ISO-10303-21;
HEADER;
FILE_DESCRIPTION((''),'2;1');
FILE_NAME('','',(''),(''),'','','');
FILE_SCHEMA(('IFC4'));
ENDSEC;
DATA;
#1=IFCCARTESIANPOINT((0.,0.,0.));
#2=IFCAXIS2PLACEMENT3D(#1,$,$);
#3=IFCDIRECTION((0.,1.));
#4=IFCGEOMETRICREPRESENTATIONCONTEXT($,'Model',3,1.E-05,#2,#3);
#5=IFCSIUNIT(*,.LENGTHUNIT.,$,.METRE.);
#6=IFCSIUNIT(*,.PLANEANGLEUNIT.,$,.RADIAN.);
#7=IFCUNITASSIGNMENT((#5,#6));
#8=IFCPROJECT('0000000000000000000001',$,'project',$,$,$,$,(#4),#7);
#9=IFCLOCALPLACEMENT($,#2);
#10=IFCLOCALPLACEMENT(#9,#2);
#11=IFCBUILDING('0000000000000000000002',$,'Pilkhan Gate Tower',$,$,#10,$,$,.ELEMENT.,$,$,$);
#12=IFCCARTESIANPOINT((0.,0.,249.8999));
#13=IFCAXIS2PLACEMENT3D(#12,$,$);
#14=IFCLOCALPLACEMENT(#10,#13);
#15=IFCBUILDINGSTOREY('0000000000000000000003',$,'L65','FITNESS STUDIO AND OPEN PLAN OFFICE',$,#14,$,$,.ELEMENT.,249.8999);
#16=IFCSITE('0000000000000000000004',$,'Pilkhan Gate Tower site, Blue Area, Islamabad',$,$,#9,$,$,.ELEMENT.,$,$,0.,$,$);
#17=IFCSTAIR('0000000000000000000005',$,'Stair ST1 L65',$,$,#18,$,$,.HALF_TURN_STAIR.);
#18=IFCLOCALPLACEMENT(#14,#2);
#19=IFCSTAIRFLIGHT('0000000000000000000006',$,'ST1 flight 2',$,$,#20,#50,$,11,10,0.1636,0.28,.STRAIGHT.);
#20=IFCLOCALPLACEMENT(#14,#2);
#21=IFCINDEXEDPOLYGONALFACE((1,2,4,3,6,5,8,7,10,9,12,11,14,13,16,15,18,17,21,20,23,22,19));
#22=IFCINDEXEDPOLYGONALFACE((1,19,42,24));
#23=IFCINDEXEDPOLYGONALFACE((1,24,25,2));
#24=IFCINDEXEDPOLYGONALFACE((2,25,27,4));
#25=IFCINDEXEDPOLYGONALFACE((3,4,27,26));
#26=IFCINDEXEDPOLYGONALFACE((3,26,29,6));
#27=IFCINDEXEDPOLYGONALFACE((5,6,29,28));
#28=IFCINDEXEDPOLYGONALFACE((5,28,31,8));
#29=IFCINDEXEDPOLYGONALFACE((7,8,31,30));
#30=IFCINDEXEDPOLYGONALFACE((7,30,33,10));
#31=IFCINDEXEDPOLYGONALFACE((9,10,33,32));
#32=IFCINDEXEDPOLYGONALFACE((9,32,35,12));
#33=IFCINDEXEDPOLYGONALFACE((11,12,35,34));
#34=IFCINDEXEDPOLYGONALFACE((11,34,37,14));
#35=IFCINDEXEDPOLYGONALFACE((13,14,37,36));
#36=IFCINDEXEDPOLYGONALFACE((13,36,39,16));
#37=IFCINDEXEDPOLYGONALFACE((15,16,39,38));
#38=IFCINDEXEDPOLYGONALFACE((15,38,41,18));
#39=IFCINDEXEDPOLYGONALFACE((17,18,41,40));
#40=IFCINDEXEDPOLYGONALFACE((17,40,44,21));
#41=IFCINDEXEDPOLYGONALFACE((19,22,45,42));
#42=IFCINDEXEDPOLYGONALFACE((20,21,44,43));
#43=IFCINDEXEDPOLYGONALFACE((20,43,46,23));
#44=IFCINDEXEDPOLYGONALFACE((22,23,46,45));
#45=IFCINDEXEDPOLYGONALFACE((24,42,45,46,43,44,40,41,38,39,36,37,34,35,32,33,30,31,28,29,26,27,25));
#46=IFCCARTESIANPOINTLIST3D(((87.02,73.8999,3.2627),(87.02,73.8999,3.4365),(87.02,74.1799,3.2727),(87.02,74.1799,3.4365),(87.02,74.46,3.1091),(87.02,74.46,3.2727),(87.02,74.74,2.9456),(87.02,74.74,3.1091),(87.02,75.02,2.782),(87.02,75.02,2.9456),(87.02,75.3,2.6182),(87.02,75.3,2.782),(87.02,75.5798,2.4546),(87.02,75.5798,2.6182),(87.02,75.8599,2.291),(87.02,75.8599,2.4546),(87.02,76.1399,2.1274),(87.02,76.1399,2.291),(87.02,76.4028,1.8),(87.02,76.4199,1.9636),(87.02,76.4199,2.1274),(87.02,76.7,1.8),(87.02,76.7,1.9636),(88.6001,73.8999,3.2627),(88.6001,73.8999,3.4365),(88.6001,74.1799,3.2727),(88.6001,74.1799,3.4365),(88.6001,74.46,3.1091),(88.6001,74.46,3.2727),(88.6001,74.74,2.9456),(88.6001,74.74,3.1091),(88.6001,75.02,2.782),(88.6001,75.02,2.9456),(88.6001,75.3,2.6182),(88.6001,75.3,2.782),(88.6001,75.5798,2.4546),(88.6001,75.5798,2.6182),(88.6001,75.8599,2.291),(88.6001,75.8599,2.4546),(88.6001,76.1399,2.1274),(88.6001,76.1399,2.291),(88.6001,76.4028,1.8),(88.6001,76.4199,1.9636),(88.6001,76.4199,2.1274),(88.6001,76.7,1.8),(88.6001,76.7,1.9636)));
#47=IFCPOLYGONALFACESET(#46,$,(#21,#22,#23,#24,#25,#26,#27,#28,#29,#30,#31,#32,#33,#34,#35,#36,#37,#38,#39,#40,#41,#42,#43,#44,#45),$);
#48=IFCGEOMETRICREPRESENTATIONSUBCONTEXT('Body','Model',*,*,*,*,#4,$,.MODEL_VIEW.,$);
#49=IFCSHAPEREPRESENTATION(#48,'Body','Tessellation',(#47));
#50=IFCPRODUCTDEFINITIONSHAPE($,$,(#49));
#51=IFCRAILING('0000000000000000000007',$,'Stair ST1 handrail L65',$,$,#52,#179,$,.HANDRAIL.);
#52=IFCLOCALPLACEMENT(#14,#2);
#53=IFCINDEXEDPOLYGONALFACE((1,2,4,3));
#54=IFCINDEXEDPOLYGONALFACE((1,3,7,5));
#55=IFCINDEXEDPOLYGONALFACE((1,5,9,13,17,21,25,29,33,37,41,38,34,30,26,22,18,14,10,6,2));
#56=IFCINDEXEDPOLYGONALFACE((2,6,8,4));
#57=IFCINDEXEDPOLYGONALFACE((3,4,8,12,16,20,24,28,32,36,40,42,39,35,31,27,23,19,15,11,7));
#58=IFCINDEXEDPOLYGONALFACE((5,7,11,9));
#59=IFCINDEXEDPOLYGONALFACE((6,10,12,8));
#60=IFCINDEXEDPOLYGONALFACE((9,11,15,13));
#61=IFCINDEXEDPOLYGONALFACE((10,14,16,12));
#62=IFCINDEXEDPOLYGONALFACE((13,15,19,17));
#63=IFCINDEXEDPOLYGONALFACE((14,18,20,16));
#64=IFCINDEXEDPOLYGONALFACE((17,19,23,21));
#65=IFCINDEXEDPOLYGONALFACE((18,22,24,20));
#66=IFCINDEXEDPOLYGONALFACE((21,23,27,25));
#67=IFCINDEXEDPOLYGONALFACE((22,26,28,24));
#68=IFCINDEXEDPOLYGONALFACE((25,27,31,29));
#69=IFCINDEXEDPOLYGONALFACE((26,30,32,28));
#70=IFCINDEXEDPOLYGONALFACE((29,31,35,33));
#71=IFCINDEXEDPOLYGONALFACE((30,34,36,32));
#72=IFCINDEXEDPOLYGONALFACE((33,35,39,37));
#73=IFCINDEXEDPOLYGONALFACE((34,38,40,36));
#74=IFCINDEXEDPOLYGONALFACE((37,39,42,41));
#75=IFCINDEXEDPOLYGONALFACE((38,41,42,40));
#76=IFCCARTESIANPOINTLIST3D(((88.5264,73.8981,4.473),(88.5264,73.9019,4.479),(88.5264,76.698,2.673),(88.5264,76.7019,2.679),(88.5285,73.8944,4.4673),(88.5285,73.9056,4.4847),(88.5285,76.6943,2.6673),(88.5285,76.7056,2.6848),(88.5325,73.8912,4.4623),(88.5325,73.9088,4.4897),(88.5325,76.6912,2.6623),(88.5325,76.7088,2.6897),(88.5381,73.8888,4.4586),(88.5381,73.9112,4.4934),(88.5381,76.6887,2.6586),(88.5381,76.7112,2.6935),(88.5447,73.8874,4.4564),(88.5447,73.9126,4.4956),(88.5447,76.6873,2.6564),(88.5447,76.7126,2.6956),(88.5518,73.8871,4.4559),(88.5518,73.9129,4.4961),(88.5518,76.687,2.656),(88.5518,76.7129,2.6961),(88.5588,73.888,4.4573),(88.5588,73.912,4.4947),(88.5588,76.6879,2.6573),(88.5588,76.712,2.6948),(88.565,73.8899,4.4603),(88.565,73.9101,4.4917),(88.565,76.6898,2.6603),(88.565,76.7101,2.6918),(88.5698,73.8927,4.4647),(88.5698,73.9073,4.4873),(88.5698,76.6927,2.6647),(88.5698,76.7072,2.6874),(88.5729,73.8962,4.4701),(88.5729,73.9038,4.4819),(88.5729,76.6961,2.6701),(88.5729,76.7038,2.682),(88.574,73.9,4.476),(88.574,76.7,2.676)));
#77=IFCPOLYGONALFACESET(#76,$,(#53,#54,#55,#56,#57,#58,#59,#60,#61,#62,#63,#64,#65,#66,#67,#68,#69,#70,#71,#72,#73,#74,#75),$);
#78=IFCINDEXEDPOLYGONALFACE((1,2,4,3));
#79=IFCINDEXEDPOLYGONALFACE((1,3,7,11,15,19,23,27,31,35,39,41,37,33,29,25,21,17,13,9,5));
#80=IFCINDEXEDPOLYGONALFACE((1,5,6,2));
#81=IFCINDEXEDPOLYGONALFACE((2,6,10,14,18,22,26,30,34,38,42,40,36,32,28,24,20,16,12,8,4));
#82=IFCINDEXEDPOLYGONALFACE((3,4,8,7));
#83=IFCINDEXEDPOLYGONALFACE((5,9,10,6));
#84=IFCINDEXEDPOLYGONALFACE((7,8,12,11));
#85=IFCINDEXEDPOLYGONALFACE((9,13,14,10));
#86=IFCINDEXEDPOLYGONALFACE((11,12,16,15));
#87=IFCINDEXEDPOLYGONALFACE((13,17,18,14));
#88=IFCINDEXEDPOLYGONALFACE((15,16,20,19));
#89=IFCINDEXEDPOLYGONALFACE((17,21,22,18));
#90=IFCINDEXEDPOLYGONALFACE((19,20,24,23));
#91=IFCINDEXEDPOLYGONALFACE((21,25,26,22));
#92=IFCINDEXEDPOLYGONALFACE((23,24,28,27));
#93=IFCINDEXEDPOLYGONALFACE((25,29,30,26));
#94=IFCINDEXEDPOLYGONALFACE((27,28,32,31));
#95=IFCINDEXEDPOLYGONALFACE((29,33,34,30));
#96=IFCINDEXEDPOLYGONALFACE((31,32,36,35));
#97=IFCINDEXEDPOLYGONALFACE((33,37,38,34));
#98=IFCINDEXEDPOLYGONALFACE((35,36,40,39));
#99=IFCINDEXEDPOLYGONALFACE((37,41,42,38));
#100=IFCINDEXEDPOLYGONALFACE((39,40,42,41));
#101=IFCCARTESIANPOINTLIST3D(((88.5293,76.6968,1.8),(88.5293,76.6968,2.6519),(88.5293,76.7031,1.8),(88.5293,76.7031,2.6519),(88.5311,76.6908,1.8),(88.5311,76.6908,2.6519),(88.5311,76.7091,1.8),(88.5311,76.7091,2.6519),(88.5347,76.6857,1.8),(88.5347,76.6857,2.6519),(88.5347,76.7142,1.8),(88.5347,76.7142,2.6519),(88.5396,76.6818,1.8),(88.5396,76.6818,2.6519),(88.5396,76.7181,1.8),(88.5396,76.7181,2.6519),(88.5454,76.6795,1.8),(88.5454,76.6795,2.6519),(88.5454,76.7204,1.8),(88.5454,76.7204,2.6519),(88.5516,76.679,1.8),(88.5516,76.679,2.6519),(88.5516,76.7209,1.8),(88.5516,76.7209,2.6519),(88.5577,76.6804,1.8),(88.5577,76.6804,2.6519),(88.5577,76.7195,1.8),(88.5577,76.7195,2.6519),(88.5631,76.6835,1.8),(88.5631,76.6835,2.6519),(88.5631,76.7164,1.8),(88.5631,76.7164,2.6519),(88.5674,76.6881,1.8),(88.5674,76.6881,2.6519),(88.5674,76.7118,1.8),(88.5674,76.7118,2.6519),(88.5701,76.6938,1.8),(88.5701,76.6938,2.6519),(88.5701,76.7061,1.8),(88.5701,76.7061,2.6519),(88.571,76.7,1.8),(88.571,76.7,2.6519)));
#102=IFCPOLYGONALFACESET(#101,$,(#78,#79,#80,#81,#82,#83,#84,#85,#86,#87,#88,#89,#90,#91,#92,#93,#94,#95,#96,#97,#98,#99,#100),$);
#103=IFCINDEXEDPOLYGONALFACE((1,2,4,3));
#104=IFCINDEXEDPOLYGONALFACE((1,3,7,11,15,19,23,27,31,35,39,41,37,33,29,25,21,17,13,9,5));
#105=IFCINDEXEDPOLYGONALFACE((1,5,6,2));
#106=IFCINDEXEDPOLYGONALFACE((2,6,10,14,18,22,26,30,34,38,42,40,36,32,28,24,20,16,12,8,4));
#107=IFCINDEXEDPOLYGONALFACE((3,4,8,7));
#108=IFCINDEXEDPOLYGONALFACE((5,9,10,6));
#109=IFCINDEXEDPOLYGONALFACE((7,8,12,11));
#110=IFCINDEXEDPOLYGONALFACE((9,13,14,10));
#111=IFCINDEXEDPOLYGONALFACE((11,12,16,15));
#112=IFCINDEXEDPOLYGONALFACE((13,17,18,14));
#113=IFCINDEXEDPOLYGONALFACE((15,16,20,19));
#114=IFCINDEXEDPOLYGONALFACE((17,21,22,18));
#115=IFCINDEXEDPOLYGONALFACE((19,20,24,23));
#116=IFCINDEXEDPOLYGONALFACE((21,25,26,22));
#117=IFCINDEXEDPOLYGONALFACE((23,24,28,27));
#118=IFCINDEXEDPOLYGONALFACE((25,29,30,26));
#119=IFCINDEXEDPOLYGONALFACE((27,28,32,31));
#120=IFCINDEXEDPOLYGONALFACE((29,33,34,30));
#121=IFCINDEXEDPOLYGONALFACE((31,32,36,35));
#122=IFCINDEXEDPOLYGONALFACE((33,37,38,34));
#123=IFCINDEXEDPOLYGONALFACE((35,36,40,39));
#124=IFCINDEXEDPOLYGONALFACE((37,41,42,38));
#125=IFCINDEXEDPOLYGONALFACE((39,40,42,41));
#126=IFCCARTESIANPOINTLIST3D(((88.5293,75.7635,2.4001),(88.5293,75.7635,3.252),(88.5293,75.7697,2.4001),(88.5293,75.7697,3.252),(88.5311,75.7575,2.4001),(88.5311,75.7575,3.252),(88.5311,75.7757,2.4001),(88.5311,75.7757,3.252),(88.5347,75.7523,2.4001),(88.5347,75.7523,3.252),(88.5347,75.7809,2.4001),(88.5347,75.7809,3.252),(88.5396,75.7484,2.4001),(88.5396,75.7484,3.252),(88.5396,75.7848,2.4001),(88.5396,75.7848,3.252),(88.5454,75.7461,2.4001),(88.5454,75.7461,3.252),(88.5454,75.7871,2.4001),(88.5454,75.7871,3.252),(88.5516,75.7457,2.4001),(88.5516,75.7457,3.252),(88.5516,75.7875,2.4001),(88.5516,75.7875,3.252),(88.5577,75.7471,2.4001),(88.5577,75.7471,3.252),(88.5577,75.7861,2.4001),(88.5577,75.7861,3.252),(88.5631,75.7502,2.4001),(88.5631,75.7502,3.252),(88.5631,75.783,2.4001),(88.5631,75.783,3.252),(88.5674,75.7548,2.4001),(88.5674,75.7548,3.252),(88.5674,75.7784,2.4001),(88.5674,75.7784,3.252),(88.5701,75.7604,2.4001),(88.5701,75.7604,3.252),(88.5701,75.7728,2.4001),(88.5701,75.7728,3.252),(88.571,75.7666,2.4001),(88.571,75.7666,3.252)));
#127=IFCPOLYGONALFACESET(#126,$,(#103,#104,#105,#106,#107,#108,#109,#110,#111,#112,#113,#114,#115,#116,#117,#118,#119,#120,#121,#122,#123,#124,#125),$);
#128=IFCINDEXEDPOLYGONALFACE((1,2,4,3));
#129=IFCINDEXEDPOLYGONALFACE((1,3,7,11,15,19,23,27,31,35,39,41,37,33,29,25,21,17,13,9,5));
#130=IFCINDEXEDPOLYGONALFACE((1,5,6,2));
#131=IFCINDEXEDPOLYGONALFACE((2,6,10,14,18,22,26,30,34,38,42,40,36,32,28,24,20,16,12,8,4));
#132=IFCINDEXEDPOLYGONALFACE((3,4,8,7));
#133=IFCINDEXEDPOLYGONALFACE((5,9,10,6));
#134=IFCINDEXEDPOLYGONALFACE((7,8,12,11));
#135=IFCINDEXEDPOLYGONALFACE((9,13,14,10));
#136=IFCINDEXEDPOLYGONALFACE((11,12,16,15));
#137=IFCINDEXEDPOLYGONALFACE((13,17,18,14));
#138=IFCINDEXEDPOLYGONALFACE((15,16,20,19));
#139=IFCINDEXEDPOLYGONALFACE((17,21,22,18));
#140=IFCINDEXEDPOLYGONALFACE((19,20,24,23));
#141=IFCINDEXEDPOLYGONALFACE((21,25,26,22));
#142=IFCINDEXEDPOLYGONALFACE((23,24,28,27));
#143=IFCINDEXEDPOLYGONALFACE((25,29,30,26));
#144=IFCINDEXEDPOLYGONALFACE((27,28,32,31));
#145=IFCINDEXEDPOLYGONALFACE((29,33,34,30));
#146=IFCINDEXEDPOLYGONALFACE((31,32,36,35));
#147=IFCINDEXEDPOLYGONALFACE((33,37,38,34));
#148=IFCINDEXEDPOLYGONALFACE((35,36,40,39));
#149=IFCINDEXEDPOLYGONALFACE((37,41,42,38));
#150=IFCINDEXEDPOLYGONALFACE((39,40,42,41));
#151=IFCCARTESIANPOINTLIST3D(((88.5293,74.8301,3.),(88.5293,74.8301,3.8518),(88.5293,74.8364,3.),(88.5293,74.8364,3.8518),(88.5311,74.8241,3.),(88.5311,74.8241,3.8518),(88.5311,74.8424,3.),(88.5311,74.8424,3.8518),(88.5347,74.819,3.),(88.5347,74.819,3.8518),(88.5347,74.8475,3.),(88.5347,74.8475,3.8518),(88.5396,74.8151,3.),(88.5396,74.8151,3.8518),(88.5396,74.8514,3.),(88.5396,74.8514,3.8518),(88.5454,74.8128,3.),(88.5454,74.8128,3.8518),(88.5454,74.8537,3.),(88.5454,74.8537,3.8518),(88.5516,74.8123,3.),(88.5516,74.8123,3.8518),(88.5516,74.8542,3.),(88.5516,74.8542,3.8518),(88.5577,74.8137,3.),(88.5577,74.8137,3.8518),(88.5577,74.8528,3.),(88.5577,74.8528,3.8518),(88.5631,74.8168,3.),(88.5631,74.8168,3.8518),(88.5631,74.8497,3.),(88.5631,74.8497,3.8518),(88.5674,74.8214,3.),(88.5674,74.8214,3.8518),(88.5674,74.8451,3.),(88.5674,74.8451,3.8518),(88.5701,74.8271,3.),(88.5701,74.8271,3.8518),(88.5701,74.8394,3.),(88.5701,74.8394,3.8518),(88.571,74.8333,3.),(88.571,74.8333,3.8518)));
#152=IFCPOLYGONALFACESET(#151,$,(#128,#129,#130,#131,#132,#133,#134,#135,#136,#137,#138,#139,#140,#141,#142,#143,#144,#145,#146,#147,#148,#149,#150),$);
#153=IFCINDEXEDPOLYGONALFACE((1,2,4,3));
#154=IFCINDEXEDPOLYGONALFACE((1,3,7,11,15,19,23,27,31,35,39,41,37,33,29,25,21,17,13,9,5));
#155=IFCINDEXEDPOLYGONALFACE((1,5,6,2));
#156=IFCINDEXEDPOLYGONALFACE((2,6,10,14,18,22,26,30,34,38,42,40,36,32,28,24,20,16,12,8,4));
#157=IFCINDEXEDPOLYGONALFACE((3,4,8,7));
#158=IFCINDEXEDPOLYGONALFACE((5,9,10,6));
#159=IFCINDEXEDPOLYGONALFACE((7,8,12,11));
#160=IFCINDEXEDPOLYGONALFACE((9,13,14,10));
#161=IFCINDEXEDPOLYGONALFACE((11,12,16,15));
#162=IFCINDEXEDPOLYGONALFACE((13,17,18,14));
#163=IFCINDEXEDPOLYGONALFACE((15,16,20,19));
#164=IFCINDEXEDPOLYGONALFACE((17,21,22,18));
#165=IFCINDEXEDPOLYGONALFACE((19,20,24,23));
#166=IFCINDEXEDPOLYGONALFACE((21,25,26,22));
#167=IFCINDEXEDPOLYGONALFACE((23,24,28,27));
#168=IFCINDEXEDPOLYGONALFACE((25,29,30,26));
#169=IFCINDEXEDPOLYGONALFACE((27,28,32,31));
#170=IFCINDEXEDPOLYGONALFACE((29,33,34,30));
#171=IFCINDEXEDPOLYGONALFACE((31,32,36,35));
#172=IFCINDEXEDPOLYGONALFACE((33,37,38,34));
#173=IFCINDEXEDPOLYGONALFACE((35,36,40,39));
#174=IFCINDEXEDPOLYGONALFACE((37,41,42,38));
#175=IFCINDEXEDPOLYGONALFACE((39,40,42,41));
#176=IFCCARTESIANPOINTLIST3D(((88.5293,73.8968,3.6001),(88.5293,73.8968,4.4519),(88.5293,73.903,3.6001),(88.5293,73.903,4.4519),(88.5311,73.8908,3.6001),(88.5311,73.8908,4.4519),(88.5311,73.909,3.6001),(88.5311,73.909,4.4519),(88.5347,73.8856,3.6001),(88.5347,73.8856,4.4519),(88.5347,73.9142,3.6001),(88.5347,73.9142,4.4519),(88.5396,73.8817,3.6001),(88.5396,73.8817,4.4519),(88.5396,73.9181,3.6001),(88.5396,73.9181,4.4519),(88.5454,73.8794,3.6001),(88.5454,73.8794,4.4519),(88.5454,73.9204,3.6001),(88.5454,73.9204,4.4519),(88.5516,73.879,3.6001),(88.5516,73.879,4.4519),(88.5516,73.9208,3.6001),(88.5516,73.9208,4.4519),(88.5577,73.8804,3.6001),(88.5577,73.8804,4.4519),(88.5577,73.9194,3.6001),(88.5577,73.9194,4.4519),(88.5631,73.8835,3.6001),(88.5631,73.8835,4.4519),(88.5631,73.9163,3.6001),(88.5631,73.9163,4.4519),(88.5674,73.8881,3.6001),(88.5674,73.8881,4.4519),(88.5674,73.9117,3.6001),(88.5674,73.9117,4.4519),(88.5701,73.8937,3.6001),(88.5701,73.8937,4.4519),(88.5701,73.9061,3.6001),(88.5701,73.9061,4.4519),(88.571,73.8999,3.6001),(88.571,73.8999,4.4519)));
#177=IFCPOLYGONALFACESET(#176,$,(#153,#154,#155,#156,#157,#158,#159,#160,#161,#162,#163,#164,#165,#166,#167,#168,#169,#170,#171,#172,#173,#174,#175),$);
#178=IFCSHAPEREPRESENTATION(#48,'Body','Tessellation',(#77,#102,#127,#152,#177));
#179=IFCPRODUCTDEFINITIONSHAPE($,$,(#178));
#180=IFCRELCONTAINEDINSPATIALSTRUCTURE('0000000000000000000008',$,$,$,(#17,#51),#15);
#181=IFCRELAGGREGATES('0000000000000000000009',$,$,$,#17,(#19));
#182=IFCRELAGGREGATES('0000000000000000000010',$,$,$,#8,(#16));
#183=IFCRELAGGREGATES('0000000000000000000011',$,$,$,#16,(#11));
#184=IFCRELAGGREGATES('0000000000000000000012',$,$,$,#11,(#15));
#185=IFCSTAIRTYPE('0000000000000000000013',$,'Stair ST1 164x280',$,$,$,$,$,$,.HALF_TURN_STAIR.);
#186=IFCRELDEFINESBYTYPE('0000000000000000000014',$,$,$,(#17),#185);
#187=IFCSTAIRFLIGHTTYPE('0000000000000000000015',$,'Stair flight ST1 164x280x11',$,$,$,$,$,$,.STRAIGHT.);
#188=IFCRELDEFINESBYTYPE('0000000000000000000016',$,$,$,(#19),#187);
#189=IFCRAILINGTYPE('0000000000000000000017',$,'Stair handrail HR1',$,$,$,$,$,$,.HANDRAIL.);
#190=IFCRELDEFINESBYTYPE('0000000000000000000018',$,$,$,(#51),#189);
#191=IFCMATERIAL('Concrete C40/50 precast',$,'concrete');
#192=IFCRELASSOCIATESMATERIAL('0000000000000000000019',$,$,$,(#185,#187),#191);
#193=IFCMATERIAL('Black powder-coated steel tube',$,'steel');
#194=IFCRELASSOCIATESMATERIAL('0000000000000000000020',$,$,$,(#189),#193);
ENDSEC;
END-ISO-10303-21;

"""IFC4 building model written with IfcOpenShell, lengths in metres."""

from ifc_helpers import new_model, si_unit, direction, frame, origin, origin_2d, place, context, subcontext, project, spatial, polyline, circle, outline, extrude, material, type_object, element, aggregate, save


model = new_model("IFC4")

# Units and contexts
model_context = context("Model", 3, precision=1e-05, world=origin(), true_north=direction((0.0, 1.0)))
body_context = subcontext(model_context, "Body", "Model", "MODEL_VIEW")
ifc_project = project(units=[si_unit("LENGTHUNIT", "METRE"), si_unit("PLANEANGLEUNIT", "RADIAN")], contexts=[model_context])

# Site, building, storey
site_placement = place(None, origin())
site = spatial("IfcSite", under=ifc_project, at=site_placement, Name="Pilkhan Gate Tower site, Blue Area, Islamabad", CompositionType="ELEMENT", RefElevation=0.0)
building_placement = place(site_placement, origin())
building = spatial("IfcBuilding", under=site, at=building_placement, Name="Pilkhan Gate Tower", CompositionType="ELEMENT")
storey_placement = place(building_placement, frame((0.0, 0.0, 249.8999)))
storey = spatial("IfcBuildingStorey", under=building, at=storey_placement, Name="L65", Description="FITNESS STUDIO AND OPEN PLAN OFFICE", CompositionType="ELEMENT", Elevation=249.8999)

# Stair, stair flight
ifc_material_1 = material(Name="Concrete C40/50 precast", Category="concrete")
stair_type = type_object("IfcStairType", Name="Stair ST1 164x280", PredefinedType="HALF_TURN_STAIR", material=ifc_material_1)
stair_placement = place(storey_placement, origin())
stair = element("IfcStair", 1, at=stair_placement, inside=storey, type_object=stair_type, Name="Stair ST1 L65", PredefinedType="HALF_TURN_STAIR")
stair_flight_type = type_object("IfcStairFlightType", Name="Stair flight ST1 164x280x11", PredefinedType="STRAIGHT", material=ifc_material_1)
stair_flight_placement = place(storey_placement, frame((87.8101, 76.7, 1.8), z_axis=(0.0, 0.0, 1.0), x_axis=(0.0, -1.0, 0.0)))
stair_flight = element("IfcStairFlight", 2, at=stair_flight_placement, type_object=stair_flight_type, Name="ST1 flight 2", NumberOfRisers=11, NumberOfTreads=10, PredefinedType="STRAIGHT", RiserHeight=0.1636, TreadLength=0.28, context=body_context, shape_type="SweptSolid", body=[
    extrude(outline(polyline([(0.0, 0.0), (0.0, 0.1636), (0.28, 0.1636), (0.28, 0.3274), (0.5601, 0.3274), (0.5601, 0.491), (0.8401, 0.491), (0.8401, 0.6545), (1.1201, 0.6545), (1.1201, 0.8181), (1.3999, 0.8181), (1.3999, 0.9819), (1.6799, 0.9819), (1.6799, 1.1455), (1.96, 1.1455), (1.96, 1.3091), (2.24, 1.3091), (2.24, 1.4727), (2.52, 1.4727), (2.52, 1.6365), (2.8, 1.6365), (2.8, 1.8), (2.8, 1.4626), (0.2971, 0.0), (0.0, 0.0)])), frame((0.0, 0.79, 0.0), z_axis=(0.0, -1.0, 0.0), x_axis=(1.0, 0.0, 0.0)), (0.0, 0.0, 1.0), 1.5801),
])
aggregate(stair, [stair_flight])

# Railing
ifc_material_2 = material(Name="Black powder-coated steel tube", Category="steel")
railing_type_1 = type_object("IfcRailingType", Name="Stair handrail HR1", PredefinedType="HANDRAIL", material=ifc_material_2)
railing_1_placement = place(storey_placement, frame((88.55, 76.7, 1.8)))
element("IfcRailing", 3, at=railing_1_placement, inside=storey, type_object=railing_type_1, Name="Stair ST1 handrail L65", PredefinedType="HANDRAIL", context=body_context, shape_type="SweptSolid", body=[
    extrude(circle(Radius=0.0239, at=origin_2d()), frame((0.0, 0.0, 0.876), z_axis=(0.0, -0.841176, 0.540761), x_axis=(1.0, 0.0, 0.0)), (0.0, 0.0, 1.0), 3.3286),
    extrude(circle(Radius=0.021, at=origin_2d()), origin(), (0.0, 0.0, 1.0), 0.8518),
    extrude(circle(Radius=0.021, at=origin_2d()), frame((0.0, -0.9333, 0.6001)), (0.0, 0.0, 1.0), 0.8518),
    extrude(circle(Radius=0.021, at=origin_2d()), frame((0.0, -1.8667, 1.2)), (0.0, 0.0, 1.0), 0.8518),
    extrude(circle(Radius=0.021, at=origin_2d()), frame((0.0, -2.8, 1.8)), (0.0, 0.0, 1.0), 0.8518),
])

save(model, "model.ifc")
